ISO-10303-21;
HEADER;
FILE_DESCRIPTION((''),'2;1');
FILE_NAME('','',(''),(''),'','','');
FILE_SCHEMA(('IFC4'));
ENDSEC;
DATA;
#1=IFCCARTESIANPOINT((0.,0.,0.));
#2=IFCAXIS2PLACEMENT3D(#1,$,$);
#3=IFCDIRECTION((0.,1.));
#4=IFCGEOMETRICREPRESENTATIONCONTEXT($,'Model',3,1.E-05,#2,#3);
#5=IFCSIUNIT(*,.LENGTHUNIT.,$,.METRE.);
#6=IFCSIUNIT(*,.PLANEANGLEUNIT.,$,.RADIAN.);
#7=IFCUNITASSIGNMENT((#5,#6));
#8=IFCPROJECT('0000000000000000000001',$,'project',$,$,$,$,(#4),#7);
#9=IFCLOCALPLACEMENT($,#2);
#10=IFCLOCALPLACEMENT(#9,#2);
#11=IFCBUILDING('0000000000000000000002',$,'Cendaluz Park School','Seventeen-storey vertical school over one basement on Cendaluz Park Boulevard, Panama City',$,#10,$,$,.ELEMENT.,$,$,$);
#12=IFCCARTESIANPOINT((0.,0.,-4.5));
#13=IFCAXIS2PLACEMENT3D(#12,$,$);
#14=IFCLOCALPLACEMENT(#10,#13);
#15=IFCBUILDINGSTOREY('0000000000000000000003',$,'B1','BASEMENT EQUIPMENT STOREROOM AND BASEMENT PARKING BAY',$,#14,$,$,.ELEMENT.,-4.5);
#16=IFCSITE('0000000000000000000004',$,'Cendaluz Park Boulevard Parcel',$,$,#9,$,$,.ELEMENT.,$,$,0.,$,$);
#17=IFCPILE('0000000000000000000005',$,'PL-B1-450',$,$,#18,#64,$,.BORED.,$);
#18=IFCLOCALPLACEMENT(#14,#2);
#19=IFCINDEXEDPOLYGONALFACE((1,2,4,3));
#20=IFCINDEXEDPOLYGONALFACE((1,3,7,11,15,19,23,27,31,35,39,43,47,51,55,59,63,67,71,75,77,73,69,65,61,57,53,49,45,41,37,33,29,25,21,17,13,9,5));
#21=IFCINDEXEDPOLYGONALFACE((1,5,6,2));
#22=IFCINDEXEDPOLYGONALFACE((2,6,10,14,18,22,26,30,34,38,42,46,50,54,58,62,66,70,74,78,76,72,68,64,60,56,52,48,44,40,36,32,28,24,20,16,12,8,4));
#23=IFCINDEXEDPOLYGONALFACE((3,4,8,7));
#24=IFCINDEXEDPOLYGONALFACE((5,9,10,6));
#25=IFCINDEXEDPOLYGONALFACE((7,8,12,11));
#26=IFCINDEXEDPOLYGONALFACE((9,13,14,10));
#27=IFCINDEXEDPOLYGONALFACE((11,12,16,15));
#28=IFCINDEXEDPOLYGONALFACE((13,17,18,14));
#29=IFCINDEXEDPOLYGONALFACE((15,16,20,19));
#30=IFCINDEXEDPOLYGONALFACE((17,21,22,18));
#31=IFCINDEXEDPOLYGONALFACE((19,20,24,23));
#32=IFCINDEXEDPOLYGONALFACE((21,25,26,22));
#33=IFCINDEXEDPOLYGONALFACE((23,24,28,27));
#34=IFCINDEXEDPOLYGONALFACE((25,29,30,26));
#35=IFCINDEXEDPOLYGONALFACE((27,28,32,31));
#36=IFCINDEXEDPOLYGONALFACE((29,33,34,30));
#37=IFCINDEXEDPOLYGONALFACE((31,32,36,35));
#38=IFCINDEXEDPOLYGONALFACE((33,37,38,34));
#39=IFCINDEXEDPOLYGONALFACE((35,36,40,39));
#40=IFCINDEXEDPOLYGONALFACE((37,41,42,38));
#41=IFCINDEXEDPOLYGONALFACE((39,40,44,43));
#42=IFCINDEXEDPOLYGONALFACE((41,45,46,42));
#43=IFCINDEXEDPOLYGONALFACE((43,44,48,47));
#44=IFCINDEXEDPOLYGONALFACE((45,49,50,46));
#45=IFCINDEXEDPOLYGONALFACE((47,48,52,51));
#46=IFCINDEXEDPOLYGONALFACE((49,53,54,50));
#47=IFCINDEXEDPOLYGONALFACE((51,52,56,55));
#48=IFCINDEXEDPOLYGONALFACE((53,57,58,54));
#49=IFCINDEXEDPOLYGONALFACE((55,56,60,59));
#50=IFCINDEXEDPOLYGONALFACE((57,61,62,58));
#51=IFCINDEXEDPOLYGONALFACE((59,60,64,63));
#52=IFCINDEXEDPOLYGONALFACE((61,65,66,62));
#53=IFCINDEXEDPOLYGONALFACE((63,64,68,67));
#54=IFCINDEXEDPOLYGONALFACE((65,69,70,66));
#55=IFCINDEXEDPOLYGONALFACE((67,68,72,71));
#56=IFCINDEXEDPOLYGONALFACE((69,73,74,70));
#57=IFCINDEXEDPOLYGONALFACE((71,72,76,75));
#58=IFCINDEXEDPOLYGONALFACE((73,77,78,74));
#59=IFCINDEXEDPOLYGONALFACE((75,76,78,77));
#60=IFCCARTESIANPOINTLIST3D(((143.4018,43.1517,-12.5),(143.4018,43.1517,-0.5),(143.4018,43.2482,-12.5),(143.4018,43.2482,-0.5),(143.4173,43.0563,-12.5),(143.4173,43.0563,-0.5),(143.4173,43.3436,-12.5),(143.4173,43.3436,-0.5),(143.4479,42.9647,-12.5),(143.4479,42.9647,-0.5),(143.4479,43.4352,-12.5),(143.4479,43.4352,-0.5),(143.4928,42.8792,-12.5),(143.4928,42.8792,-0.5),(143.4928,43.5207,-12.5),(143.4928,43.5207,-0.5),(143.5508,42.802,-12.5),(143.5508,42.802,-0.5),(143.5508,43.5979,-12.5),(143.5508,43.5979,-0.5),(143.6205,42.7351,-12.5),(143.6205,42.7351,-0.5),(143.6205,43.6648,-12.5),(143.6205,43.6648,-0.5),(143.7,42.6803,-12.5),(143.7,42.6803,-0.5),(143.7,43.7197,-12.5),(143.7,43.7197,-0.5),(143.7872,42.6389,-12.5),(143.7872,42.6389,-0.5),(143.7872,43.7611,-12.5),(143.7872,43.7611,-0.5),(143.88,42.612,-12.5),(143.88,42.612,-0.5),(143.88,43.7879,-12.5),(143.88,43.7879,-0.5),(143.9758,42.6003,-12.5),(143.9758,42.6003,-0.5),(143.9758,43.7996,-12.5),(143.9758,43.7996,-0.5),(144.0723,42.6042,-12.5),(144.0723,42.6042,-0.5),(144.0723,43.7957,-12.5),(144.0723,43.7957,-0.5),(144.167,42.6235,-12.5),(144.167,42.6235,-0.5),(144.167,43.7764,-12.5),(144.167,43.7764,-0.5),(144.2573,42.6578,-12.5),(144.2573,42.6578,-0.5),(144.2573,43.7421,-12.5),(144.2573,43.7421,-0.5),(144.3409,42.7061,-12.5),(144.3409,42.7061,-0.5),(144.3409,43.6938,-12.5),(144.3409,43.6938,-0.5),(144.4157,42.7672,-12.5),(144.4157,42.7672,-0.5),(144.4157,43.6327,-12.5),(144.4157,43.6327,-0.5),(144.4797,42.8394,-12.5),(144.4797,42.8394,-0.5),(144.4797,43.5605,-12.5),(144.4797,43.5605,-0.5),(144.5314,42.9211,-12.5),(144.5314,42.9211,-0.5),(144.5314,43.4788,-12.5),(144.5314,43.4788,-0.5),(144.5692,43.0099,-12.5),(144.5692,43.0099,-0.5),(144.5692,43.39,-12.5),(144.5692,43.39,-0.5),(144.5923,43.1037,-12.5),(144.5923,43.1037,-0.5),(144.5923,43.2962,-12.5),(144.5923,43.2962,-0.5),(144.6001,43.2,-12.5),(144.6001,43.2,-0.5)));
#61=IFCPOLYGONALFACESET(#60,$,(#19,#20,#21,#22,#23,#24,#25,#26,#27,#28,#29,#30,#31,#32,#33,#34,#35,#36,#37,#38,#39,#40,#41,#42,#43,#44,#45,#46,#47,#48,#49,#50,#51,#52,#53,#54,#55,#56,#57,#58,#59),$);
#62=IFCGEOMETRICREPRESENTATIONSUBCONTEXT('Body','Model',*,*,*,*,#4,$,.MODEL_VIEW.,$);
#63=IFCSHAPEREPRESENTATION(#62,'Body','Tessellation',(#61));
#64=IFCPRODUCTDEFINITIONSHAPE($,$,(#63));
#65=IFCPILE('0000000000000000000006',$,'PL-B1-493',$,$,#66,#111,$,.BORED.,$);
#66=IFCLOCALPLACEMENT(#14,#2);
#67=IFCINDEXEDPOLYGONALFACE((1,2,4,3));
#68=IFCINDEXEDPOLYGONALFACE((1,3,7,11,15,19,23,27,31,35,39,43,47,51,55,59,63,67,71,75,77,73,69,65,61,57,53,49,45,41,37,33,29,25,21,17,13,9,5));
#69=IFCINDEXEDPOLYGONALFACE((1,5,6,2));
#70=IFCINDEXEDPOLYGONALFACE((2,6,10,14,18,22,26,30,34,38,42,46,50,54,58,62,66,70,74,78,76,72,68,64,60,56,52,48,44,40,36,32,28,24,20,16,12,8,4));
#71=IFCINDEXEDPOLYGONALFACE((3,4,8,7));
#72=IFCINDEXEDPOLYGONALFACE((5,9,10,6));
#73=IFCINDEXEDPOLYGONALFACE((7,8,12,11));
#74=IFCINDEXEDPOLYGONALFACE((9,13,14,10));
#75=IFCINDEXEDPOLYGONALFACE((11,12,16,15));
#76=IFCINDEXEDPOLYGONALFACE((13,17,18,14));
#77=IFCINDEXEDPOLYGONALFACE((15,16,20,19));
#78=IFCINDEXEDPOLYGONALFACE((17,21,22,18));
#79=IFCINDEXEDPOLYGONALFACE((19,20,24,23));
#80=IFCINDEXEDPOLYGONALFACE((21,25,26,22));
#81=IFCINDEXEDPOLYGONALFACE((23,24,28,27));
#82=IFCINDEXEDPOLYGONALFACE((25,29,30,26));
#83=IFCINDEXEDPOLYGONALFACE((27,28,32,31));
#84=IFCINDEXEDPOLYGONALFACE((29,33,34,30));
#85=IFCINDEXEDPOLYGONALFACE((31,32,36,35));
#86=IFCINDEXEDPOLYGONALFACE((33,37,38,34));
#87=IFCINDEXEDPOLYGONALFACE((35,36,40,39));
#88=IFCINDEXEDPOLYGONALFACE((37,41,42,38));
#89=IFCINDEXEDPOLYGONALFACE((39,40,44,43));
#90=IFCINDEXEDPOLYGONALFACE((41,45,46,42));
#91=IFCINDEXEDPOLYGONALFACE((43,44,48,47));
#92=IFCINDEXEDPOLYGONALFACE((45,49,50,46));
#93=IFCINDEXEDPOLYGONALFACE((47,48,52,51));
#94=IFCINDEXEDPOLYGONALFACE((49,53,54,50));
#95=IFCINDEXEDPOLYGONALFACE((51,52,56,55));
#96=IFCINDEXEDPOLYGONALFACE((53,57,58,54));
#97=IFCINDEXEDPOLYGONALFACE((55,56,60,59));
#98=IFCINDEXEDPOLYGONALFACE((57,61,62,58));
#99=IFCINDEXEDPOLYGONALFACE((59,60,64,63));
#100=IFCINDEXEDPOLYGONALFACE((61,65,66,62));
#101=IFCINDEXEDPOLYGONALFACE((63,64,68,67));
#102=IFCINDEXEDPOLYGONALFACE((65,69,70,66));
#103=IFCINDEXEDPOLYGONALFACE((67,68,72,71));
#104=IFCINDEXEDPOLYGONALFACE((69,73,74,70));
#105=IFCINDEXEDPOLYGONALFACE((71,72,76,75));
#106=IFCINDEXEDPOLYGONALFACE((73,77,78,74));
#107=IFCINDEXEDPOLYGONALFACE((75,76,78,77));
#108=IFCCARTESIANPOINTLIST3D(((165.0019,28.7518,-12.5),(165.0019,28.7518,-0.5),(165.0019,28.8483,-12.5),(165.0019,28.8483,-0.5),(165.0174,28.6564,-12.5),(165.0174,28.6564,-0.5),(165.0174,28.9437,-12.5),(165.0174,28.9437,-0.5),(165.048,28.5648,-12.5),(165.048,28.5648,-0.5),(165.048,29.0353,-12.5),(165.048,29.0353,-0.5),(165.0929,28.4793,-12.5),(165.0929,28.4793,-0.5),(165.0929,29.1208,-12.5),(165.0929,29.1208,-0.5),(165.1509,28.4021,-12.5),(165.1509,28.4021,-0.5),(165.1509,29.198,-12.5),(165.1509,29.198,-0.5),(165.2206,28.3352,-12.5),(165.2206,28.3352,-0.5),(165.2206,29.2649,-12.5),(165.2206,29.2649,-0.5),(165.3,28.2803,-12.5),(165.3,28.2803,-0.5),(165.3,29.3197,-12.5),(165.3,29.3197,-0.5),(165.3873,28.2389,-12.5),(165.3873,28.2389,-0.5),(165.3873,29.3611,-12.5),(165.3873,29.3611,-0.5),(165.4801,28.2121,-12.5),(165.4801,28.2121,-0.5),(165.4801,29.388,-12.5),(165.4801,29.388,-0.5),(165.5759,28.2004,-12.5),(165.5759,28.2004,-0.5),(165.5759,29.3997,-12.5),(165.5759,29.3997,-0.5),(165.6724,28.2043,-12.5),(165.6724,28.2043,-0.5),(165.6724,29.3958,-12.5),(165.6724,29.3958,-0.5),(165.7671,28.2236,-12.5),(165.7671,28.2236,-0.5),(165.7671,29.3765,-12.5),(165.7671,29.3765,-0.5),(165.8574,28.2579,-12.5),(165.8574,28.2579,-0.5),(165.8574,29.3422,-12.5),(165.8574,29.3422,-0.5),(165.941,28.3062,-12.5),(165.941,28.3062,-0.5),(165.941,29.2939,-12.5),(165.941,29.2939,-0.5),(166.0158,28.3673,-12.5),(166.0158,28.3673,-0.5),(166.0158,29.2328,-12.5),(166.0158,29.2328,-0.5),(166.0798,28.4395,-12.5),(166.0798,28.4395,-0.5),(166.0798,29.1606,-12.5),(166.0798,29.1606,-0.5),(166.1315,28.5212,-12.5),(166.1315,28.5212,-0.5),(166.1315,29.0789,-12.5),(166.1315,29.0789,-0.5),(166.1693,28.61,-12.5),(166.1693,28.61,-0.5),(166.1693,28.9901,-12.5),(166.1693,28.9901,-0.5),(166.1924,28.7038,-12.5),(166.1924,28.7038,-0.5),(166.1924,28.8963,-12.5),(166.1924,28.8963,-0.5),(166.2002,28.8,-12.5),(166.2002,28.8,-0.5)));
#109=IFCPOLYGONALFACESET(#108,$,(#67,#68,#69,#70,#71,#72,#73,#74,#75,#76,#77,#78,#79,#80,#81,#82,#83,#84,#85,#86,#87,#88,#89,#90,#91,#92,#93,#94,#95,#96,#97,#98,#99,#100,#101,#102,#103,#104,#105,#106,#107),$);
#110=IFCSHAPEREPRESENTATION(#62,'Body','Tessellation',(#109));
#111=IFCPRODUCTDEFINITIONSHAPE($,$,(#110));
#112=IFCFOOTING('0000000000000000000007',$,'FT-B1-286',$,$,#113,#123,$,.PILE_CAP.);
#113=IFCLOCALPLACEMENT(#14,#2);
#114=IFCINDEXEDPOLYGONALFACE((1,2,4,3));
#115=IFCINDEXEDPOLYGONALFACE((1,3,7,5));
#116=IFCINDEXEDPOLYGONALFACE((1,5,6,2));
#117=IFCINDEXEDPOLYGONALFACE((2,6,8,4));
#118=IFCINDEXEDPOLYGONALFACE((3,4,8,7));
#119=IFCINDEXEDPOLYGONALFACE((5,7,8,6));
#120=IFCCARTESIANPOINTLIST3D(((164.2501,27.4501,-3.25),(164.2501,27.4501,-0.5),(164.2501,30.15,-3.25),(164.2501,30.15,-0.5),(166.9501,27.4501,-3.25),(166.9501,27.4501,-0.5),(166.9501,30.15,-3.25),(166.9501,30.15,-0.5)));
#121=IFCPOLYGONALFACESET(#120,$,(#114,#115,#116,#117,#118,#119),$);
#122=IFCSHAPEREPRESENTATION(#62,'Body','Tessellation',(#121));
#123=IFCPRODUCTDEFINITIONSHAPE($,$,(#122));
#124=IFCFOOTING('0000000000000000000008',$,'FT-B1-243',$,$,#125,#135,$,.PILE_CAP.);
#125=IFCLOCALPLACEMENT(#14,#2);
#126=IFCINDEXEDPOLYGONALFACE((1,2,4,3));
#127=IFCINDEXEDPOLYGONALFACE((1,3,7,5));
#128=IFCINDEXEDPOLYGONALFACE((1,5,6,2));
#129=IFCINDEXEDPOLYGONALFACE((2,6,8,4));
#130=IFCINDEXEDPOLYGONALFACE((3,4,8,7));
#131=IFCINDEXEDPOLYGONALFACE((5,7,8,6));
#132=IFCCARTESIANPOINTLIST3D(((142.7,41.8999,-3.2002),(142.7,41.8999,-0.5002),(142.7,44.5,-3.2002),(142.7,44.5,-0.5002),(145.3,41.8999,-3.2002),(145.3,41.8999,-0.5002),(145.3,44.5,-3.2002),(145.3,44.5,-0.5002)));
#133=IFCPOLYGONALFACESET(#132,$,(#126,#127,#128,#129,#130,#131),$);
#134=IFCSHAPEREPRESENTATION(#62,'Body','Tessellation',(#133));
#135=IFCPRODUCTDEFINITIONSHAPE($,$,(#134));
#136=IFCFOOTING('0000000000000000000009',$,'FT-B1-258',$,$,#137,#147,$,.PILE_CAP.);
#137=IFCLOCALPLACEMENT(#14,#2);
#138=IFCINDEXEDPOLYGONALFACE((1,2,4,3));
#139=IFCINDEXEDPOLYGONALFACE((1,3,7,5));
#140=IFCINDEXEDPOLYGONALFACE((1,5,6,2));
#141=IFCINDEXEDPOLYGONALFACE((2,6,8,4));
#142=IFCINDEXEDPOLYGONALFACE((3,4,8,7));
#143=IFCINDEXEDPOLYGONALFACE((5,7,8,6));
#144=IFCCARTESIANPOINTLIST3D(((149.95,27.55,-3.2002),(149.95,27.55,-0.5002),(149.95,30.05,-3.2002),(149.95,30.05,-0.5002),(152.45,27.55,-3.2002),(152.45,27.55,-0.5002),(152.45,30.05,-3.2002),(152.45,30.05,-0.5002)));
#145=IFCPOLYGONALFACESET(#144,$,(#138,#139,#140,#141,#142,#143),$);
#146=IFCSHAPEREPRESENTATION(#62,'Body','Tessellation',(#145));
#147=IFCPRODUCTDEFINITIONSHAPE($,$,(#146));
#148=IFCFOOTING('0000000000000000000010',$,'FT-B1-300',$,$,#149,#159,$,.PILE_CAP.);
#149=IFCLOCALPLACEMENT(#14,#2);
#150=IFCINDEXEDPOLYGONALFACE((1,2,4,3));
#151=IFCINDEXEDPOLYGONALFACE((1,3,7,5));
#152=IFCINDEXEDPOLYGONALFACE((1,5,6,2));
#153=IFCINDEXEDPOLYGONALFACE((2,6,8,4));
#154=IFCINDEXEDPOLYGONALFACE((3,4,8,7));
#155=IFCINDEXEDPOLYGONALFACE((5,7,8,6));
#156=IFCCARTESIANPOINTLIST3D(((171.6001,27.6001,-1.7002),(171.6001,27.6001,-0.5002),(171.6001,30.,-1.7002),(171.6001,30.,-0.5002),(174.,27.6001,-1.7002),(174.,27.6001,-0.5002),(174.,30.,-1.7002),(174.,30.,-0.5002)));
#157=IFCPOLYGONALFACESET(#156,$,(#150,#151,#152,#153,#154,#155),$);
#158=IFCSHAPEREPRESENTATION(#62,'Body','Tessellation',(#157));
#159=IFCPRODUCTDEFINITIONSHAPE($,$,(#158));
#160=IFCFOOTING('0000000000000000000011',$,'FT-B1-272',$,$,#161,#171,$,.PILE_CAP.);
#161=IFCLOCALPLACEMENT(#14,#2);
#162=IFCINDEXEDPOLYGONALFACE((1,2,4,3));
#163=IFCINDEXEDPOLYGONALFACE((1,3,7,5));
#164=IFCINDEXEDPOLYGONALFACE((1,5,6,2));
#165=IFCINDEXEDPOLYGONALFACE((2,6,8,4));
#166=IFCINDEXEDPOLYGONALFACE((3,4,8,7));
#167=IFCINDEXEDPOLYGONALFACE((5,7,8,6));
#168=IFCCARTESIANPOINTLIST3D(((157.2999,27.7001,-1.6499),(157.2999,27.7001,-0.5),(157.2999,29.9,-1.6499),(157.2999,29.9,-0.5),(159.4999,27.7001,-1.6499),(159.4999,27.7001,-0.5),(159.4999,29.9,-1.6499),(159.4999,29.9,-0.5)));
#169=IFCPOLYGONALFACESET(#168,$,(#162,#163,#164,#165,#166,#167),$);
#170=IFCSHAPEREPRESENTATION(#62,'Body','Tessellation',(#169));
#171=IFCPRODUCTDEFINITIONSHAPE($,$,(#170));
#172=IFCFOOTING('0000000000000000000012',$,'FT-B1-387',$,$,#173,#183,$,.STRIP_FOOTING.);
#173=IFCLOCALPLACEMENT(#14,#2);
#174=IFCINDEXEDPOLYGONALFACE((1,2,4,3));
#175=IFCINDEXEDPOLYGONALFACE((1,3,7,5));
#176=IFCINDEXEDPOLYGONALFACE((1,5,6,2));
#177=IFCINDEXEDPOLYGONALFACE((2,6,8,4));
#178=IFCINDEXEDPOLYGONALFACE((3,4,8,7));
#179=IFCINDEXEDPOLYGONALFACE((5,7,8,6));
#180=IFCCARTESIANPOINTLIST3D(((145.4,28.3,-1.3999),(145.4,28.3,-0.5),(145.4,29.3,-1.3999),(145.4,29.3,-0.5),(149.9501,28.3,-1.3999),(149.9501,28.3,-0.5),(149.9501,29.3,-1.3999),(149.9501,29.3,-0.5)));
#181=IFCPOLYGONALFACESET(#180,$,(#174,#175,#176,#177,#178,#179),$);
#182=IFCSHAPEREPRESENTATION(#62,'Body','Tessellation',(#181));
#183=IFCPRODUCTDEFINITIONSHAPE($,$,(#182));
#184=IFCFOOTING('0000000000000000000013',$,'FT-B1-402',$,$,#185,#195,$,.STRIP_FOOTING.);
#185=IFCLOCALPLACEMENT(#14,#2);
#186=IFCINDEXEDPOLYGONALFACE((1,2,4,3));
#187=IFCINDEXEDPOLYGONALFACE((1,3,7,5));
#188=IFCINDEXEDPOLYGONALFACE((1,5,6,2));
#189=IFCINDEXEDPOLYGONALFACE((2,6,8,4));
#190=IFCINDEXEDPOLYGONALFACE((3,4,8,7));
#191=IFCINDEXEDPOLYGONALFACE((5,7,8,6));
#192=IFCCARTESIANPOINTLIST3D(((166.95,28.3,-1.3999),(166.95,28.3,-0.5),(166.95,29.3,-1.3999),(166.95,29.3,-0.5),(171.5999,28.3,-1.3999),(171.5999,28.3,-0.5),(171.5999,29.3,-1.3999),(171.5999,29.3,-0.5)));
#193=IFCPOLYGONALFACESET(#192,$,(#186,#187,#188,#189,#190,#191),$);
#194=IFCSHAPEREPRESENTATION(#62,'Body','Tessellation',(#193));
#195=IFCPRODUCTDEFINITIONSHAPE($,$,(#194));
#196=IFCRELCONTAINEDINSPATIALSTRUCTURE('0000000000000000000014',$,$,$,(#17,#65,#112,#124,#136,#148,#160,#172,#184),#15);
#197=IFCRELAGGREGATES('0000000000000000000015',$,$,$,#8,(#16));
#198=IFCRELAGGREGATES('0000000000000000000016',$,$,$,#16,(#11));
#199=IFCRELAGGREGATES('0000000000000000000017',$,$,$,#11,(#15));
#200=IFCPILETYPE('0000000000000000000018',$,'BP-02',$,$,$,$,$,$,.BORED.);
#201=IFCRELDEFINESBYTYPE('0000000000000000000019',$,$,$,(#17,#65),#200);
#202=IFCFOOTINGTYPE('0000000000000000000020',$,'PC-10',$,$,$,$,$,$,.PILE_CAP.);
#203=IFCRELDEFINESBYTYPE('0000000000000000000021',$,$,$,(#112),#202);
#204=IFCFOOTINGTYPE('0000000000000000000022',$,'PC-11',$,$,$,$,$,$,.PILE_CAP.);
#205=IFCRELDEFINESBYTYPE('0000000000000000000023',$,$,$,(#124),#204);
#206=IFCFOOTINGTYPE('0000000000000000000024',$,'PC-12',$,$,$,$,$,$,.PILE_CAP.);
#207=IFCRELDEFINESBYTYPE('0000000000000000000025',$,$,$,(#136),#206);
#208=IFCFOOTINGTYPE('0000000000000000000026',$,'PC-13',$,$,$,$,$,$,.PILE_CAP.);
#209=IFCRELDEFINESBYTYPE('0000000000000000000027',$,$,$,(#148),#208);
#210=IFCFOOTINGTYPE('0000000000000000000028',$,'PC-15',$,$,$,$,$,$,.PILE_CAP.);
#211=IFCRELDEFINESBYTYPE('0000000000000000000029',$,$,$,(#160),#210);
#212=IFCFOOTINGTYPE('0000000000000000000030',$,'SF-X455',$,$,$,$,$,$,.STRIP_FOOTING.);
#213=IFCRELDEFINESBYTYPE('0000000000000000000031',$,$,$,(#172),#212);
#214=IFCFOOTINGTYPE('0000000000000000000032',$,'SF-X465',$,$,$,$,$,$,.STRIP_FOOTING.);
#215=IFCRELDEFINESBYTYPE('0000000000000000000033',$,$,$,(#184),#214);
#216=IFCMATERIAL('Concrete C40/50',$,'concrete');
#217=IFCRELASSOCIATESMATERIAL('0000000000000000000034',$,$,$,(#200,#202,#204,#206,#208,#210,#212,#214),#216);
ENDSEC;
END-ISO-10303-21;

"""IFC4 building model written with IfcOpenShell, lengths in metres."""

from ifc_helpers import new_model, si_unit, direction, frame, origin, origin_2d, place, context, subcontext, project, spatial, rectangle, circle, extrude, material, material_profile, profile_set, type_object, element, save


model = new_model("IFC4")

# Units and contexts
model_context = context("Model", 3, precision=1e-05, world=origin(), true_north=direction((0.0, 1.0)))
body_context = subcontext(model_context, "Body", "Model", "MODEL_VIEW")
ifc_project = project(units=[si_unit("LENGTHUNIT", "METRE"), si_unit("PLANEANGLEUNIT", "RADIAN")], contexts=[model_context])

# Site, building, storey
site_placement = place(None, origin())
site = spatial("IfcSite", under=ifc_project, at=site_placement, Name="Cendaluz Park Boulevard Parcel", CompositionType="ELEMENT", RefElevation=0.0)
building_placement = place(site_placement, origin())
building = spatial("IfcBuilding", under=site, at=building_placement, Name="Cendaluz Park School", Description="Seventeen-storey vertical school over one basement on Cendaluz Park Boulevard, Panama City", CompositionType="ELEMENT")
storey_placement = place(building_placement, frame((0.0, 0.0, -4.5)))
storey = spatial("IfcBuildingStorey", under=building, at=storey_placement, Name="B1", Description="BASEMENT EQUIPMENT STOREROOM AND BASEMENT PARKING BAY", CompositionType="ELEMENT", Elevation=-4.5)

# Piles
ifc_material_1 = material(Name="Concrete C40/50", Category="concrete")
ifc_material_profile_1 = material_profile(ifc_material_1, circle(Radius=0.6001, at=origin_2d()), Name="BP D1200", Category="concrete")
ifc_profile_set_1 = profile_set([ifc_material_profile_1], Name="Concrete C40/50")
pile_type_1 = type_object("IfcPileType", Name="BP-02", PredefinedType="BORED", material=ifc_profile_set_1)
for number, where, z_axis, x_axis, name in (
    (1, (144.0, 43.2, -0.5), (0.0, 0.0, -1.0), (1.0, 0.0, 0.0), "PL-B1-450"),
    (2, (165.6001, 28.8, -0.5), (0.0, 0.0, -1.0), (1.0, 0.0, 0.0), "PL-B1-493"),
):
    element("IfcPile", number, at=place(storey_placement, frame(where, z_axis=z_axis, x_axis=x_axis)), inside=storey, type_object=pile_type_1, Name=name, PredefinedType="BORED", context=body_context, shape_type="SweptSolid", body=[
        extrude(circle(Radius=0.6001, at=origin_2d()), origin(), (0.0, 0.0, 1.0), 12.0),
    ])

# Footings
footing_type_1 = type_object("IfcFootingType", Name="PC-10", PredefinedType="PILE_CAP", material=ifc_material_1)
footing_1_placement = place(storey_placement, frame((165.6001, 28.8, -3.25), z_axis=(0.0, 0.0, 1.0), x_axis=(1.0, 0.0, 0.0)))
element("IfcFooting", 3, at=footing_1_placement, inside=storey, type_object=footing_type_1, Name="FT-B1-286", PredefinedType="PILE_CAP", context=body_context, shape_type="SweptSolid", body=[
    extrude(rectangle(XDim=2.7, YDim=2.7, at=origin_2d()), origin(), (0.0, 0.0, 1.0), 2.75),
])
footing_type_2 = type_object("IfcFootingType", Name="PC-11", PredefinedType="PILE_CAP", material=ifc_material_1)
footing_2_placement = place(storey_placement, frame((144.0, 43.2, -3.2002), z_axis=(0.0, 0.0, 1.0), x_axis=(1.0, 0.0, 0.0)))
element("IfcFooting", 4, at=footing_2_placement, inside=storey, type_object=footing_type_2, Name="FT-B1-243", PredefinedType="PILE_CAP", context=body_context, shape_type="SweptSolid", body=[
    extrude(rectangle(XDim=2.6001, YDim=2.6001, at=origin_2d()), origin(), (0.0, 0.0, 1.0), 2.7),
])
footing_type_3 = type_object("IfcFootingType", Name="PC-12", PredefinedType="PILE_CAP", material=ifc_material_1)
footing_3_placement = place(storey_placement, frame((151.2, 28.8, -3.2002), z_axis=(0.0, 0.0, 1.0), x_axis=(1.0, 0.0, 0.0)))
element("IfcFooting", 5, at=footing_3_placement, inside=storey, type_object=footing_type_3, Name="FT-B1-258", PredefinedType="PILE_CAP", context=body_context, shape_type="SweptSolid", body=[
    extrude(rectangle(XDim=2.5, YDim=2.5, at=origin_2d()), origin(), (0.0, 0.0, 1.0), 2.7),
])
footing_type_4 = type_object("IfcFootingType", Name="PC-13", PredefinedType="PILE_CAP", material=ifc_material_1)
footing_4_placement = place(storey_placement, frame((172.8, 28.8, -1.7002), z_axis=(0.0, 0.0, 1.0), x_axis=(1.0, 0.0, 0.0)))
element("IfcFooting", 6, at=footing_4_placement, inside=storey, type_object=footing_type_4, Name="FT-B1-300", PredefinedType="PILE_CAP", context=body_context, shape_type="SweptSolid", body=[
    extrude(rectangle(XDim=2.3999, YDim=2.3999, at=origin_2d()), origin(), (0.0, 0.0, 1.0), 1.2),
])
footing_type_5 = type_object("IfcFootingType", Name="PC-15", PredefinedType="PILE_CAP", material=ifc_material_1)
footing_5_placement = place(storey_placement, frame((158.3999, 28.8, -1.6499), z_axis=(0.0, 0.0, 1.0), x_axis=(1.0, 0.0, 0.0)))
element("IfcFooting", 7, at=footing_5_placement, inside=storey, type_object=footing_type_5, Name="FT-B1-272", PredefinedType="PILE_CAP", context=body_context, shape_type="SweptSolid", body=[
    extrude(rectangle(XDim=2.2, YDim=2.2, at=origin_2d()), origin(), (0.0, 0.0, 1.0), 1.1499),
])
footing_type_6 = type_object("IfcFootingType", Name="SF-X455", PredefinedType="STRIP_FOOTING", material=ifc_material_1)
footing_6_placement = place(storey_placement, frame((147.675, 28.8, -1.3999), z_axis=(0.0, 0.0, 1.0), x_axis=(1.0, 0.0, 0.0)))
element("IfcFooting", 8, at=footing_6_placement, inside=storey, type_object=footing_type_6, Name="FT-B1-387", PredefinedType="STRIP_FOOTING", context=body_context, shape_type="SweptSolid", body=[
    extrude(rectangle(XDim=4.55, YDim=1.0, at=origin_2d()), origin(), (0.0, 0.0, 1.0), 0.8999),
])
footing_type_7 = type_object("IfcFootingType", Name="SF-X465", PredefinedType="STRIP_FOOTING", material=ifc_material_1)
footing_7_placement = place(storey_placement, frame((169.2749, 28.8, -1.3999), z_axis=(0.0, 0.0, 1.0), x_axis=(1.0, 0.0, 0.0)))
element("IfcFooting", 9, at=footing_7_placement, inside=storey, type_object=footing_type_7, Name="FT-B1-402", PredefinedType="STRIP_FOOTING", context=body_context, shape_type="SweptSolid", body=[
    extrude(rectangle(XDim=4.6499, YDim=1.0, at=origin_2d()), origin(), (0.0, 0.0, 1.0), 0.8999),
])

save(model, "model.ifc")
